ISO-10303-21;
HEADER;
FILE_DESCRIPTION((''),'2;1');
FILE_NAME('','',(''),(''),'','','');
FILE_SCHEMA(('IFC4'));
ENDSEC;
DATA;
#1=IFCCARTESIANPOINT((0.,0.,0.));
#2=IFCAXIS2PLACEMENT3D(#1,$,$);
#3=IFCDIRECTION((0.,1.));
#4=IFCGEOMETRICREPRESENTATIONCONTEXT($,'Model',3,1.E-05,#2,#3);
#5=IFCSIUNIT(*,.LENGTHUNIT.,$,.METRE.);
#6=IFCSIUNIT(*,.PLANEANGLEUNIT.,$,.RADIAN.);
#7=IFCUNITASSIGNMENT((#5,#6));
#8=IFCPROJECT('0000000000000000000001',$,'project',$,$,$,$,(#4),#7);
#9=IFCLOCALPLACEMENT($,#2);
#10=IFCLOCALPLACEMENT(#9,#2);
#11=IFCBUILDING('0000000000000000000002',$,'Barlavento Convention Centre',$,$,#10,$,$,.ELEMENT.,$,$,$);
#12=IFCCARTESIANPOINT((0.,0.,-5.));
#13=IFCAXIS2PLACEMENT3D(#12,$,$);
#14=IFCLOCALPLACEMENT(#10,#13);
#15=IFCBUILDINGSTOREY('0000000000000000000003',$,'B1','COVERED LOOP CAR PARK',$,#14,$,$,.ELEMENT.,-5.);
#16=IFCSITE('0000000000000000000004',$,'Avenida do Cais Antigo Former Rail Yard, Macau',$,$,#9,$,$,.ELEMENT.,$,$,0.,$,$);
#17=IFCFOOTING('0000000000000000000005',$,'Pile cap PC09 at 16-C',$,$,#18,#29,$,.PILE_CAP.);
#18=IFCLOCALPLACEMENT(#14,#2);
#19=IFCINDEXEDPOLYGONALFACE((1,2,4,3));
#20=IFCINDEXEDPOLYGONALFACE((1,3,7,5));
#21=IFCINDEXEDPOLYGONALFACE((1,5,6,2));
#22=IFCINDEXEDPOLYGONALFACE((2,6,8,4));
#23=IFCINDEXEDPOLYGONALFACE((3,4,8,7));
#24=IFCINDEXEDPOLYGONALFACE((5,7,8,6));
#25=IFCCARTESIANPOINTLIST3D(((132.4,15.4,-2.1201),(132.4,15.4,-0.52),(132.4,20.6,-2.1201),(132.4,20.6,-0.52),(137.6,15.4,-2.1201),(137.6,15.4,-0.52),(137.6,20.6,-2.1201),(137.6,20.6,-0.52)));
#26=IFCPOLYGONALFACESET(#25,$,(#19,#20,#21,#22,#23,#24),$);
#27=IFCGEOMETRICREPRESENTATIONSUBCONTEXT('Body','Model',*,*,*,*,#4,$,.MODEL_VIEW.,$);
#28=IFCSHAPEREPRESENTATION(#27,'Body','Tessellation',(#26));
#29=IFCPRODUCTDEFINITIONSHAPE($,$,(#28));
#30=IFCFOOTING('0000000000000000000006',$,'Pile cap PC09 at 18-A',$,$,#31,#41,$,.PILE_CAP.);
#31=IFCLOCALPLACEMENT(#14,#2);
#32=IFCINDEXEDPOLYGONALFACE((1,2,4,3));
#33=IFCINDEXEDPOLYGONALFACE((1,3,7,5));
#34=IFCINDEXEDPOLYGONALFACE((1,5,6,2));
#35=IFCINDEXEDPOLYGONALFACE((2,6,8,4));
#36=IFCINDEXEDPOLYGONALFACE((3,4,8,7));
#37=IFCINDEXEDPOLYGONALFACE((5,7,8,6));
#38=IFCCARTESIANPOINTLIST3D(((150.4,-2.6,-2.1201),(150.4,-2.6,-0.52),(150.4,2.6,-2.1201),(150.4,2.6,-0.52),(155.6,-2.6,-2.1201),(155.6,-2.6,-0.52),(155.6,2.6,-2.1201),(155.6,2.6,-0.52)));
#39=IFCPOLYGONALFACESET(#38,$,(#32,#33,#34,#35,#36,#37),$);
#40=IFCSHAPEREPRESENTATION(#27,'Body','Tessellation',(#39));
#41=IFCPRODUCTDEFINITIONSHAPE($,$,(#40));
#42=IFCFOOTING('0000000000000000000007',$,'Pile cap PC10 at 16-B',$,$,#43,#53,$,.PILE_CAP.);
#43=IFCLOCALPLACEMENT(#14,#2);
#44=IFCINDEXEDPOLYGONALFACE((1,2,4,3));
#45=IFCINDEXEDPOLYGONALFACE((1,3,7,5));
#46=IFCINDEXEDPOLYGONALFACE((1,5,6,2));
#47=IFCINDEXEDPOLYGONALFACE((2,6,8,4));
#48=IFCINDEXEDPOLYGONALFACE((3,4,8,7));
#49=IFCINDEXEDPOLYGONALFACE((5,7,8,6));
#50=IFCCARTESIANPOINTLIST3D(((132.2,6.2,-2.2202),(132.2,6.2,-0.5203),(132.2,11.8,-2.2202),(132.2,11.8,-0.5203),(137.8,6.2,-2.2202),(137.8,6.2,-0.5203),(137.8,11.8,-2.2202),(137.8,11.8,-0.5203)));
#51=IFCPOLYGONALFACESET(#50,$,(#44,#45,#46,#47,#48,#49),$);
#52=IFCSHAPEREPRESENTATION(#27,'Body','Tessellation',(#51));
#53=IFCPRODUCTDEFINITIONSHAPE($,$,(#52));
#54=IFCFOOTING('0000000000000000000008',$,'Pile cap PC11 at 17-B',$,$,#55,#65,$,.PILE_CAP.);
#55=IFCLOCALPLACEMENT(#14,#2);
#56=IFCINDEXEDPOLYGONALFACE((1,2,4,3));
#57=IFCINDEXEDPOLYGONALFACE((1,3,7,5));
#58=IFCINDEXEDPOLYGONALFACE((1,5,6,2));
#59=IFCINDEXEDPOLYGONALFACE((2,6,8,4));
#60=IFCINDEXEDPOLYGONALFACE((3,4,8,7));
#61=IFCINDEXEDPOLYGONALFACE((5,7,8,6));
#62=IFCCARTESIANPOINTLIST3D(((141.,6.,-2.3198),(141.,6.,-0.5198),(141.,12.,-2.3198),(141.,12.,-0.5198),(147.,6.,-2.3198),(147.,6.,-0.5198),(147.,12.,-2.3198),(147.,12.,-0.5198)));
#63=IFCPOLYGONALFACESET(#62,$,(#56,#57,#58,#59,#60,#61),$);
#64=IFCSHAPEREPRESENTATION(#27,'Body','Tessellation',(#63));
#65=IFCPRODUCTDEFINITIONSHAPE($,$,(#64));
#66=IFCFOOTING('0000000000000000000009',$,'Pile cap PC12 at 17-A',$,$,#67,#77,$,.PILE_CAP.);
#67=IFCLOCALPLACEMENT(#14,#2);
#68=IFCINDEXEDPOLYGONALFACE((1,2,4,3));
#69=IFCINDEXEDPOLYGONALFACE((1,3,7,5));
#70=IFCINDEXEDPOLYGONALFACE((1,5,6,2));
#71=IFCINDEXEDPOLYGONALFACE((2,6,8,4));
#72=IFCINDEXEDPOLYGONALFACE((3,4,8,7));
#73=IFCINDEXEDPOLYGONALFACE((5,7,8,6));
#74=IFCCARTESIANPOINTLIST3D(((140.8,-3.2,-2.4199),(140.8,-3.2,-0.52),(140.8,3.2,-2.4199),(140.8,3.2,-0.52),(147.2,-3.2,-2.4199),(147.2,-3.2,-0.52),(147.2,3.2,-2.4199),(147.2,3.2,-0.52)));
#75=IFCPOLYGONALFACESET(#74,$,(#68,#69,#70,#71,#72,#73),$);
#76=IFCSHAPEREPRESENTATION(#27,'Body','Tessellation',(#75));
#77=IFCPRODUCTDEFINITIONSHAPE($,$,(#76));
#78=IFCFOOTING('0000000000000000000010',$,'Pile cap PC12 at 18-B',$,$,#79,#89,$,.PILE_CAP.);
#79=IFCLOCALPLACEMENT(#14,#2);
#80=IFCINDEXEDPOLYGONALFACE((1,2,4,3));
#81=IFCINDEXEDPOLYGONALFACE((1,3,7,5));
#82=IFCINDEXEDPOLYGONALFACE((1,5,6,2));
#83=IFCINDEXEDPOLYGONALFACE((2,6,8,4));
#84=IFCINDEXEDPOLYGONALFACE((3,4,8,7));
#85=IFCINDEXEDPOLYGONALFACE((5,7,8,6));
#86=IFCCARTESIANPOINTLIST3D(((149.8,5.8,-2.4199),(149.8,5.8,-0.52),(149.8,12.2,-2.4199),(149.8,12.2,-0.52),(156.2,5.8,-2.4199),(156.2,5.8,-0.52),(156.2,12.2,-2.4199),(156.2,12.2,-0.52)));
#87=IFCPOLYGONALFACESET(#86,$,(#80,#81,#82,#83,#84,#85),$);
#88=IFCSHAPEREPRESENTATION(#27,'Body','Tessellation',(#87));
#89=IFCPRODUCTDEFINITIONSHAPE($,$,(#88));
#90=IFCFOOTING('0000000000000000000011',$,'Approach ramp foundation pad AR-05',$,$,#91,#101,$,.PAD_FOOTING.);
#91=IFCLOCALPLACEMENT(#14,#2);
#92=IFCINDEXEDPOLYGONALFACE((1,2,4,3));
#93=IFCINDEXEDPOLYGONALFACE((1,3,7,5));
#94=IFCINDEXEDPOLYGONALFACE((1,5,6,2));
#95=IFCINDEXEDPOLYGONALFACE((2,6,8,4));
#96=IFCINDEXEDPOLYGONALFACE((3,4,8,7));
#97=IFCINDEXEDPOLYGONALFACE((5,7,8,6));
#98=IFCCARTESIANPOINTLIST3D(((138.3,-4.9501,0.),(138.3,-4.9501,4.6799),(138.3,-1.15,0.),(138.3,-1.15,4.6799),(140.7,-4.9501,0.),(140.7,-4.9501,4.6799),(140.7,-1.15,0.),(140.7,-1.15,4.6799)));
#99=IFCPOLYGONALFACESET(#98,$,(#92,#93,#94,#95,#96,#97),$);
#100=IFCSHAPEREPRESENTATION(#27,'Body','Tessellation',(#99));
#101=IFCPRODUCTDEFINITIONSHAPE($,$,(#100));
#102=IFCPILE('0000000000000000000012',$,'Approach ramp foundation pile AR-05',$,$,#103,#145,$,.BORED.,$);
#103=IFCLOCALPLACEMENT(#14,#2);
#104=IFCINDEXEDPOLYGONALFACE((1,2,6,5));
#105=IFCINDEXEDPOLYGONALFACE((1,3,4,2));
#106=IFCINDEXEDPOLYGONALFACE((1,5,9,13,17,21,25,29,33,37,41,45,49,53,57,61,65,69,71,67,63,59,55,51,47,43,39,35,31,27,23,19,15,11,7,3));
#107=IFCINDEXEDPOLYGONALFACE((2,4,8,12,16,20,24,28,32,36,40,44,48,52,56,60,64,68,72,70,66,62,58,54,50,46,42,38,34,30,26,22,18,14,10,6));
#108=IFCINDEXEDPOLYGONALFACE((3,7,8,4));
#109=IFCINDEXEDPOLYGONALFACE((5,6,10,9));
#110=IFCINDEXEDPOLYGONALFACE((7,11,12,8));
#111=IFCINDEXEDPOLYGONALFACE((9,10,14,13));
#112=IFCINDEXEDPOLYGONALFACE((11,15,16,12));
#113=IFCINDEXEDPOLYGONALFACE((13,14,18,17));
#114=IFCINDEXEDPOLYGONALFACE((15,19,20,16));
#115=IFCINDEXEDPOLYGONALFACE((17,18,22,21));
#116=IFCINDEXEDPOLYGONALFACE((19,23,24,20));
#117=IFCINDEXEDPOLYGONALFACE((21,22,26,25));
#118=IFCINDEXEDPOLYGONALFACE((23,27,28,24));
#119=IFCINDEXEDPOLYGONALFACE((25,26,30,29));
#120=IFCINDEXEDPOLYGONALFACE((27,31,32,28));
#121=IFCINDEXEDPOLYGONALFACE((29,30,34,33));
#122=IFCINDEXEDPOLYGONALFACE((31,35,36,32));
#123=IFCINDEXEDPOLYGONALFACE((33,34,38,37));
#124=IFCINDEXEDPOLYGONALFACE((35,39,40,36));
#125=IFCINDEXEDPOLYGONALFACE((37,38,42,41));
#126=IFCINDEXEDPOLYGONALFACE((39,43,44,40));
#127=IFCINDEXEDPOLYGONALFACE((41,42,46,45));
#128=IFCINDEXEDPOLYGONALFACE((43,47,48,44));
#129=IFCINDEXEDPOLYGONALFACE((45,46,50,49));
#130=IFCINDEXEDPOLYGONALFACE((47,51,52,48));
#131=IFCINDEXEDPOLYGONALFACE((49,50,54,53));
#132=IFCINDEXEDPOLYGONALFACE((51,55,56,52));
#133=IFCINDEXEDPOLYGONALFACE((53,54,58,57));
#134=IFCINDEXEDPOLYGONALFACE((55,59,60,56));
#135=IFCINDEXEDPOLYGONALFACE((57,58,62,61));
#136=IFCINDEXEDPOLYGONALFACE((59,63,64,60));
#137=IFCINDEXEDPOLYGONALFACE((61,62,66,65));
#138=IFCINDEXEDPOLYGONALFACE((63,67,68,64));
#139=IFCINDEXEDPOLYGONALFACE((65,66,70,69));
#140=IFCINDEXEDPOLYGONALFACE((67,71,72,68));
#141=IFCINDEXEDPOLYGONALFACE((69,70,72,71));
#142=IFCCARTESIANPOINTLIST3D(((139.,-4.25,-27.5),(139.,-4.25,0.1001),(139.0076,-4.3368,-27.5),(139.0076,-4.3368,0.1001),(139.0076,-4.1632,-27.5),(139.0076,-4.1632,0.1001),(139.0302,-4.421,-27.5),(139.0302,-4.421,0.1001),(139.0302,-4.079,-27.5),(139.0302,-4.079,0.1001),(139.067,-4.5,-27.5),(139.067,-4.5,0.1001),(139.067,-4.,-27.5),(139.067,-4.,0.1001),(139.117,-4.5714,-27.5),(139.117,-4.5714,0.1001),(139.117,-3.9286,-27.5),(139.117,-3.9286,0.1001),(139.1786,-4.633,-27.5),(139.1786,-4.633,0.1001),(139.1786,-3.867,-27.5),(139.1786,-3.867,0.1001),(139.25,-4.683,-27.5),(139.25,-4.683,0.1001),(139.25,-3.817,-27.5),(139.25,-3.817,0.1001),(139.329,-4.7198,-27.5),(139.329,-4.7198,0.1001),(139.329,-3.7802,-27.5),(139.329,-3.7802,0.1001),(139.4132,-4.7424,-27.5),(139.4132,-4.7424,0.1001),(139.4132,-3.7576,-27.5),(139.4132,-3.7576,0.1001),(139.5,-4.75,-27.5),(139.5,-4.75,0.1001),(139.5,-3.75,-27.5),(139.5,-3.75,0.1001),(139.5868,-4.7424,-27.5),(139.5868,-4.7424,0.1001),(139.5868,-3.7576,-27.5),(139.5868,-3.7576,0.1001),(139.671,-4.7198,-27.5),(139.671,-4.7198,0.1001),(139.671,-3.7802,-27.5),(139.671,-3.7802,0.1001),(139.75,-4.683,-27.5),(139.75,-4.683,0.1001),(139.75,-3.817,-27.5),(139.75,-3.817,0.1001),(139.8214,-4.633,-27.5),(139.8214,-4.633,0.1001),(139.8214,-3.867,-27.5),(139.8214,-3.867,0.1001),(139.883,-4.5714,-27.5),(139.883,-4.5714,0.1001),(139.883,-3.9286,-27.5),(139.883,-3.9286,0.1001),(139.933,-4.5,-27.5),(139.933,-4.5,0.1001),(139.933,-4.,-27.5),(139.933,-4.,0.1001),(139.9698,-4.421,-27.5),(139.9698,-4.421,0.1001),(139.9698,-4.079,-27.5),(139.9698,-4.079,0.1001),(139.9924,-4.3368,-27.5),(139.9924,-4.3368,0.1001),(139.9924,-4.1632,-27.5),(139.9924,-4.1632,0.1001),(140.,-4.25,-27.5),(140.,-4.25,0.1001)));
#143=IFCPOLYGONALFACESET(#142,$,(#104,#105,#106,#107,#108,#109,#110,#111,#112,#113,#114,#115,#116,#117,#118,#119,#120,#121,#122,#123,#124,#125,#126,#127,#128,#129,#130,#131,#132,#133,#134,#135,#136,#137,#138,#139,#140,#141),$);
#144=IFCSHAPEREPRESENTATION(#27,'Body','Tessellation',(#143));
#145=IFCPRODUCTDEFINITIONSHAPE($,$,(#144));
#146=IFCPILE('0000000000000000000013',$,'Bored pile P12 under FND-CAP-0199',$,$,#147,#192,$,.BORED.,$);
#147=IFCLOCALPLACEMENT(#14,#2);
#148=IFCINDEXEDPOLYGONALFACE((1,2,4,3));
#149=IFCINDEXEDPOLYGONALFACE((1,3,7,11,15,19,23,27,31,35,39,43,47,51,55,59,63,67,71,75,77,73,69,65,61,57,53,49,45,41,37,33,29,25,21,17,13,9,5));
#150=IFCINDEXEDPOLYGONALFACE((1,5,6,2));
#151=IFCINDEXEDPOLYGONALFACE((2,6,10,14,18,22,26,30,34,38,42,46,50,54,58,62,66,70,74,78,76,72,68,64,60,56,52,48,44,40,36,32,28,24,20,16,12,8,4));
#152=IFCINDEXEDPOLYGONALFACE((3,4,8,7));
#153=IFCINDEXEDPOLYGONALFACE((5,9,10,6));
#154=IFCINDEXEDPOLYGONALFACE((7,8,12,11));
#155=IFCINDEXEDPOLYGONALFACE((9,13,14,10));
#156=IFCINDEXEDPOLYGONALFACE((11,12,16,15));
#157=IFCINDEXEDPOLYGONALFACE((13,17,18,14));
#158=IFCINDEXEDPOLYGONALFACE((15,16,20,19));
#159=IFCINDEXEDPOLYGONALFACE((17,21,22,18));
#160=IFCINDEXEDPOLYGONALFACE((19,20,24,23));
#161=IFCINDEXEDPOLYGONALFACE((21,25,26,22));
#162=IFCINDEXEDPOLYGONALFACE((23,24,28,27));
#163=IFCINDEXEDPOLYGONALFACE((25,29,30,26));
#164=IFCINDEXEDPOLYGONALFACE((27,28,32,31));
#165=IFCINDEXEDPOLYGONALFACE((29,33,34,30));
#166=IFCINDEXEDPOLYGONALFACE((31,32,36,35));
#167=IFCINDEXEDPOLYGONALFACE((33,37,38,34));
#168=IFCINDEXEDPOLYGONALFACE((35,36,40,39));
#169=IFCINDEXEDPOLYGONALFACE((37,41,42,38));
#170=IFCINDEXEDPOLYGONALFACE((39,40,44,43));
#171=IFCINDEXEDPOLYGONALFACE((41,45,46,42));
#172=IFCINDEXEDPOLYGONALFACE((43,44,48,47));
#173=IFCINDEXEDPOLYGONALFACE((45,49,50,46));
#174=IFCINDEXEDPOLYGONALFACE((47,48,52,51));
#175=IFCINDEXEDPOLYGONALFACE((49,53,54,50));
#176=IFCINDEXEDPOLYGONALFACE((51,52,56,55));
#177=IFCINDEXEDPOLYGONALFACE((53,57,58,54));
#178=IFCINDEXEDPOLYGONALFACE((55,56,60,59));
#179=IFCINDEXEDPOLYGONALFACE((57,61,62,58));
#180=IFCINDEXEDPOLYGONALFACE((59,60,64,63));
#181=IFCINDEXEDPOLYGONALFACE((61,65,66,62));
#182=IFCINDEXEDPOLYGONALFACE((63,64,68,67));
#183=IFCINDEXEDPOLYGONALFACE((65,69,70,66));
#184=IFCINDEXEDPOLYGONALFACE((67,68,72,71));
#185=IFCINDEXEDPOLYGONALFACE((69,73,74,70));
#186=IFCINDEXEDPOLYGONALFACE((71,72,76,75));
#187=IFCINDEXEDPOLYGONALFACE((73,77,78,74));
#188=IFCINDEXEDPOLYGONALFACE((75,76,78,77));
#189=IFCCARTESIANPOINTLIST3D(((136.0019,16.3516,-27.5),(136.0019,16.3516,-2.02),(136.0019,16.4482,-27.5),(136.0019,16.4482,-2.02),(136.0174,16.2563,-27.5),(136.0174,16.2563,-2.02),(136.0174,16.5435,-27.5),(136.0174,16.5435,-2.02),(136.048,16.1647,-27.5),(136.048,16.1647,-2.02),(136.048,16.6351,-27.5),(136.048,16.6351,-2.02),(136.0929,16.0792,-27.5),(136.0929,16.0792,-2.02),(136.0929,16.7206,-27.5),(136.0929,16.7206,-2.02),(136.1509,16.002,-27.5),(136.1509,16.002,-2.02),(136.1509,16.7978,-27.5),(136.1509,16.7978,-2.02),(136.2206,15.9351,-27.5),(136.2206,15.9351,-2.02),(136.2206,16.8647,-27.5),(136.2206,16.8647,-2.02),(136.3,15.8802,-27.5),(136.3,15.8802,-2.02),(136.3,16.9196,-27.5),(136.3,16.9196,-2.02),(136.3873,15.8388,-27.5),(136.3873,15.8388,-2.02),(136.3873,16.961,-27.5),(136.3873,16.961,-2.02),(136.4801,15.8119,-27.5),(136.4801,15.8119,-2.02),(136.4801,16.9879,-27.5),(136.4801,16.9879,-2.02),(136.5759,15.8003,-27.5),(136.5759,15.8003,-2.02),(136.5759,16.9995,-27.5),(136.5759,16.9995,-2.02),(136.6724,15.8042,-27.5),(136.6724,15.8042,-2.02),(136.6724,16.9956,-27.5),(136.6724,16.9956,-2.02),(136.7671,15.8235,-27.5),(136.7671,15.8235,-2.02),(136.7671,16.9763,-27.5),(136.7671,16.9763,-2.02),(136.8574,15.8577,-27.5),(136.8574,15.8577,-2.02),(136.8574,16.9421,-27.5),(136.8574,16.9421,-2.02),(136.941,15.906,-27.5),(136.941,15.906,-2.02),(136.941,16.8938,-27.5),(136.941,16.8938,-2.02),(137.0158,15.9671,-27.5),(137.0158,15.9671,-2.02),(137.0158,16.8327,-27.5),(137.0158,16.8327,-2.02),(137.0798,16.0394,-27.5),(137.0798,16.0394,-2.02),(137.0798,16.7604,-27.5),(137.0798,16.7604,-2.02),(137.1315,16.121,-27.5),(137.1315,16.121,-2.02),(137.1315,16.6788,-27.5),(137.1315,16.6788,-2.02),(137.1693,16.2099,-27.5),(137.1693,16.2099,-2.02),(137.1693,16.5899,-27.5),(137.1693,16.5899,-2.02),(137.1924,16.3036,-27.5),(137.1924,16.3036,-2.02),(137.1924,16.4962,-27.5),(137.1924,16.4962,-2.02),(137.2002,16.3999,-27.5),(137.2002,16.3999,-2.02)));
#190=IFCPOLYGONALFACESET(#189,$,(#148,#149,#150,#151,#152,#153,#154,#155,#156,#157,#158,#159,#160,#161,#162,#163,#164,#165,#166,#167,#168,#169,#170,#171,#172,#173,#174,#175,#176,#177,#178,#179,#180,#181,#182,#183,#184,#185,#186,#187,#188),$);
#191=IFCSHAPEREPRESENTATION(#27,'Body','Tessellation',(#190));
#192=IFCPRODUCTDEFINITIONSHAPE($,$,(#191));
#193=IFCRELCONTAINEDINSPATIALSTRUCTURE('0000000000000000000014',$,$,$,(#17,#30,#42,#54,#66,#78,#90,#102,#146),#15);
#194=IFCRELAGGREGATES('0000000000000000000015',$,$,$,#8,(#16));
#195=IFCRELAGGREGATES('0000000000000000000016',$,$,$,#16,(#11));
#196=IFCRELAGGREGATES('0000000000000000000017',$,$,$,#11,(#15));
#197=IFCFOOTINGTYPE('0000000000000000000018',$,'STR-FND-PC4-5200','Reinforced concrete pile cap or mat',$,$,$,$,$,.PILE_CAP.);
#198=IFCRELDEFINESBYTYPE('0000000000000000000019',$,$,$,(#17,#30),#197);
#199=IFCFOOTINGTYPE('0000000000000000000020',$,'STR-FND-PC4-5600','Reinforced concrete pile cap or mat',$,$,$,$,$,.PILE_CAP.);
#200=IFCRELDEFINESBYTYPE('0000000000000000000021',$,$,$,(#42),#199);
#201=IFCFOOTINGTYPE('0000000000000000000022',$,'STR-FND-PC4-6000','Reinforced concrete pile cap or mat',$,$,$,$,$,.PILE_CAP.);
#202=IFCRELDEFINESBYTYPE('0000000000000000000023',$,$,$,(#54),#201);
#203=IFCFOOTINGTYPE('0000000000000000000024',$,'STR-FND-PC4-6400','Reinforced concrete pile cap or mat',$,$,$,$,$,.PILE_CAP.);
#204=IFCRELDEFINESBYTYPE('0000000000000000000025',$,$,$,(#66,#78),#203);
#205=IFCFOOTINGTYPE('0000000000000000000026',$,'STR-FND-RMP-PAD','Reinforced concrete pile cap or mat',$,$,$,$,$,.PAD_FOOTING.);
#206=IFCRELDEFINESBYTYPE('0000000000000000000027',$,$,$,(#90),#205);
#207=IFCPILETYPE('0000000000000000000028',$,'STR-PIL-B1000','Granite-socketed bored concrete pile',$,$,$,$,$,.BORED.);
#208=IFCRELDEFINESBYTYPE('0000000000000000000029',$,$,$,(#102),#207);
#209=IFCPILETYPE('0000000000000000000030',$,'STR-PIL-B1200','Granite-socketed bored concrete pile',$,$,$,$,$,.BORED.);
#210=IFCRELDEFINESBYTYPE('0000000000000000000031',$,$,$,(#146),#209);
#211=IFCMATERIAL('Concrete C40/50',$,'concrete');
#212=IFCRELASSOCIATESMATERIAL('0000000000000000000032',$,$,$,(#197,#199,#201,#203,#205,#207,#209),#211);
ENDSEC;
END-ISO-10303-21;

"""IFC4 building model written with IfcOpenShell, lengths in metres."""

from ifc_helpers import new_model, si_unit, direction, frame, origin, origin_2d, place, context, subcontext, project, spatial, rectangle, circle, extrude, material, material_profile, profile_set, type_object, element, save


model = new_model("IFC4")

# Units and contexts
model_context = context("Model", 3, precision=1e-05, world=origin(), true_north=direction((0.0, 1.0)))
body_context = subcontext(model_context, "Body", "Model", "MODEL_VIEW")
ifc_project = project(units=[si_unit("LENGTHUNIT", "METRE"), si_unit("PLANEANGLEUNIT", "RADIAN")], contexts=[model_context])

# Site, building, storey
site_placement = place(None, origin())
site = spatial("IfcSite", under=ifc_project, at=site_placement, Name="Avenida do Cais Antigo Former Rail Yard, Macau", CompositionType="ELEMENT", RefElevation=0.0)
building_placement = place(site_placement, origin())
building = spatial("IfcBuilding", under=site, at=building_placement, Name="Barlavento Convention Centre", CompositionType="ELEMENT")
storey_placement = place(building_placement, frame((0.0, 0.0, -5.0)))
storey = spatial("IfcBuildingStorey", under=building, at=storey_placement, Name="B1", Description="COVERED LOOP CAR PARK", CompositionType="ELEMENT", Elevation=-5.0)

# Footings
ifc_material_1 = material(Name="Concrete C40/50", Category="concrete")
footing_type_1 = type_object("IfcFootingType", Name="STR-FND-PC4-5200", Description="Reinforced concrete pile cap or mat", PredefinedType="PILE_CAP", material=ifc_material_1)
for number, where, z_axis, x_axis, name in (
    (1, (135.0, 18.0, -2.1201), (0.0, 0.0, 1.0), (1.0, 0.0, 0.0), "Pile cap PC09 at 16-C"),
    (2, (153.0, 0.0, -2.1201), (0.0, 0.0, 1.0), (1.0, 0.0, 0.0), "Pile cap PC09 at 18-A"),
):
    element("IfcFooting", number, at=place(storey_placement, frame(where, z_axis=z_axis, x_axis=x_axis)), inside=storey, type_object=footing_type_1, Name=name, PredefinedType="PILE_CAP", context=body_context, shape_type="SweptSolid", body=[
        extrude(rectangle(XDim=5.2, YDim=5.2, at=origin_2d()), origin(), (0.0, 0.0, 1.0), 1.6001),
    ])
footing_type_2 = type_object("IfcFootingType", Name="STR-FND-PC4-5600", Description="Reinforced concrete pile cap or mat", PredefinedType="PILE_CAP", material=ifc_material_1)
footing_1_placement = place(storey_placement, frame((135.0, 9.0, -2.2202), z_axis=(0.0, 0.0, 1.0), x_axis=(1.0, 0.0, 0.0)))
element("IfcFooting", 3, at=footing_1_placement, inside=storey, type_object=footing_type_2, Name="Pile cap PC10 at 16-B", PredefinedType="PILE_CAP", context=body_context, shape_type="SweptSolid", body=[
    extrude(rectangle(XDim=5.6001, YDim=5.6001, at=origin_2d()), origin(), (0.0, 0.0, 1.0), 1.7),
])
footing_type_3 = type_object("IfcFootingType", Name="STR-FND-PC4-6000", Description="Reinforced concrete pile cap or mat", PredefinedType="PILE_CAP", material=ifc_material_1)
footing_2_placement = place(storey_placement, frame((144.0, 9.0, -2.3198), z_axis=(0.0, 0.0, 1.0), x_axis=(1.0, 0.0, 0.0)))
element("IfcFooting", 4, at=footing_2_placement, inside=storey, type_object=footing_type_3, Name="Pile cap PC11 at 17-B", PredefinedType="PILE_CAP", context=body_context, shape_type="SweptSolid", body=[
    extrude(rectangle(XDim=6.0, YDim=6.0, at=origin_2d()), origin(), (0.0, 0.0, 1.0), 1.8),
])
footing_type_4 = type_object("IfcFootingType", Name="STR-FND-PC4-6400", Description="Reinforced concrete pile cap or mat", PredefinedType="PILE_CAP", material=ifc_material_1)
for number, where, z_axis, x_axis, name in (
    (5, (144.0, 0.0, -2.4199), (0.0, 0.0, 1.0), (1.0, 0.0, 0.0), "Pile cap PC12 at 17-A"),
    (6, (153.0, 9.0, -2.4199), (0.0, 0.0, 1.0), (1.0, 0.0, 0.0), "Pile cap PC12 at 18-B"),
):
    element("IfcFooting", number, at=place(storey_placement, frame(where, z_axis=z_axis, x_axis=x_axis)), inside=storey, type_object=footing_type_4, Name=name, PredefinedType="PILE_CAP", context=body_context, shape_type="SweptSolid", body=[
        extrude(rectangle(XDim=6.3999, YDim=6.3999, at=origin_2d()), origin(), (0.0, 0.0, 1.0), 1.8999),
    ])
footing_type_5 = type_object("IfcFootingType", Name="STR-FND-RMP-PAD", Description="Reinforced concrete pile cap or mat", PredefinedType="PAD_FOOTING", material=ifc_material_1)
footing_3_placement = place(storey_placement, frame((139.5, -3.05, 0.0), z_axis=(0.0, 0.0, 1.0), x_axis=(1.0, 0.0, 0.0)))
element("IfcFooting", 7, at=footing_3_placement, inside=storey, type_object=footing_type_5, Name="Approach ramp foundation pad AR-05", PredefinedType="PAD_FOOTING", context=body_context, shape_type="SweptSolid", body=[
    extrude(rectangle(XDim=2.3999, YDim=3.8, at=origin_2d()), origin(), (0.0, 0.0, 1.0), 4.6799),
])

# Piles
ifc_material_profile_1 = material_profile(ifc_material_1, circle(Radius=0.5, at=origin_2d()), Name="BORED PILE 1000")
ifc_profile_set_1 = profile_set([ifc_material_profile_1], Name="Concrete C40/50")
pile_type_1 = type_object("IfcPileType", Name="STR-PIL-B1000", Description="Granite-socketed bored concrete pile", PredefinedType="BORED", material=ifc_profile_set_1)
pile_placement = place(storey_placement, frame((139.5, -4.25, 0.1001), z_axis=(0.0, 0.0, -1.0), x_axis=(1.0, 0.0, 0.0)))
element("IfcPile", 8, at=pile_placement, inside=storey, type_object=pile_type_1, Name="Approach ramp foundation pile AR-05", PredefinedType="BORED", context=body_context, shape_type="SweptSolid", body=[
    extrude(circle(Radius=0.5, at=origin_2d()), origin(), (0.0, 0.0, 1.0), 27.6001),
])
ifc_material_profile_2 = material_profile(ifc_material_1, circle(Radius=0.6001, at=origin_2d()), Name="BORED PILE 1200")
ifc_profile_set_2 = profile_set([ifc_material_profile_2], Name="Concrete C40/50")
pile_type_2 = type_object("IfcPileType", Name="STR-PIL-B1200", Description="Granite-socketed bored concrete pile", PredefinedType="BORED", material=ifc_profile_set_2)
for number, where, z_axis, x_axis, name in (
    (9, (136.6001, 16.3999, -2.02), (0.0, 0.0, -1.0), (1.0, 0.0, 0.0), "Bored pile P12 under FND-CAP-0199"),
):
    element("IfcPile", number, at=place(storey_placement, frame(where, z_axis=z_axis, x_axis=x_axis)), inside=storey, type_object=pile_type_2, Name=name, PredefinedType="BORED", context=body_context, shape_type="SweptSolid", body=[
        extrude(circle(Radius=0.6001, at=origin_2d()), origin(), (0.0, 0.0, 1.0), 25.48),
    ])

save(model, "model.ifc")
